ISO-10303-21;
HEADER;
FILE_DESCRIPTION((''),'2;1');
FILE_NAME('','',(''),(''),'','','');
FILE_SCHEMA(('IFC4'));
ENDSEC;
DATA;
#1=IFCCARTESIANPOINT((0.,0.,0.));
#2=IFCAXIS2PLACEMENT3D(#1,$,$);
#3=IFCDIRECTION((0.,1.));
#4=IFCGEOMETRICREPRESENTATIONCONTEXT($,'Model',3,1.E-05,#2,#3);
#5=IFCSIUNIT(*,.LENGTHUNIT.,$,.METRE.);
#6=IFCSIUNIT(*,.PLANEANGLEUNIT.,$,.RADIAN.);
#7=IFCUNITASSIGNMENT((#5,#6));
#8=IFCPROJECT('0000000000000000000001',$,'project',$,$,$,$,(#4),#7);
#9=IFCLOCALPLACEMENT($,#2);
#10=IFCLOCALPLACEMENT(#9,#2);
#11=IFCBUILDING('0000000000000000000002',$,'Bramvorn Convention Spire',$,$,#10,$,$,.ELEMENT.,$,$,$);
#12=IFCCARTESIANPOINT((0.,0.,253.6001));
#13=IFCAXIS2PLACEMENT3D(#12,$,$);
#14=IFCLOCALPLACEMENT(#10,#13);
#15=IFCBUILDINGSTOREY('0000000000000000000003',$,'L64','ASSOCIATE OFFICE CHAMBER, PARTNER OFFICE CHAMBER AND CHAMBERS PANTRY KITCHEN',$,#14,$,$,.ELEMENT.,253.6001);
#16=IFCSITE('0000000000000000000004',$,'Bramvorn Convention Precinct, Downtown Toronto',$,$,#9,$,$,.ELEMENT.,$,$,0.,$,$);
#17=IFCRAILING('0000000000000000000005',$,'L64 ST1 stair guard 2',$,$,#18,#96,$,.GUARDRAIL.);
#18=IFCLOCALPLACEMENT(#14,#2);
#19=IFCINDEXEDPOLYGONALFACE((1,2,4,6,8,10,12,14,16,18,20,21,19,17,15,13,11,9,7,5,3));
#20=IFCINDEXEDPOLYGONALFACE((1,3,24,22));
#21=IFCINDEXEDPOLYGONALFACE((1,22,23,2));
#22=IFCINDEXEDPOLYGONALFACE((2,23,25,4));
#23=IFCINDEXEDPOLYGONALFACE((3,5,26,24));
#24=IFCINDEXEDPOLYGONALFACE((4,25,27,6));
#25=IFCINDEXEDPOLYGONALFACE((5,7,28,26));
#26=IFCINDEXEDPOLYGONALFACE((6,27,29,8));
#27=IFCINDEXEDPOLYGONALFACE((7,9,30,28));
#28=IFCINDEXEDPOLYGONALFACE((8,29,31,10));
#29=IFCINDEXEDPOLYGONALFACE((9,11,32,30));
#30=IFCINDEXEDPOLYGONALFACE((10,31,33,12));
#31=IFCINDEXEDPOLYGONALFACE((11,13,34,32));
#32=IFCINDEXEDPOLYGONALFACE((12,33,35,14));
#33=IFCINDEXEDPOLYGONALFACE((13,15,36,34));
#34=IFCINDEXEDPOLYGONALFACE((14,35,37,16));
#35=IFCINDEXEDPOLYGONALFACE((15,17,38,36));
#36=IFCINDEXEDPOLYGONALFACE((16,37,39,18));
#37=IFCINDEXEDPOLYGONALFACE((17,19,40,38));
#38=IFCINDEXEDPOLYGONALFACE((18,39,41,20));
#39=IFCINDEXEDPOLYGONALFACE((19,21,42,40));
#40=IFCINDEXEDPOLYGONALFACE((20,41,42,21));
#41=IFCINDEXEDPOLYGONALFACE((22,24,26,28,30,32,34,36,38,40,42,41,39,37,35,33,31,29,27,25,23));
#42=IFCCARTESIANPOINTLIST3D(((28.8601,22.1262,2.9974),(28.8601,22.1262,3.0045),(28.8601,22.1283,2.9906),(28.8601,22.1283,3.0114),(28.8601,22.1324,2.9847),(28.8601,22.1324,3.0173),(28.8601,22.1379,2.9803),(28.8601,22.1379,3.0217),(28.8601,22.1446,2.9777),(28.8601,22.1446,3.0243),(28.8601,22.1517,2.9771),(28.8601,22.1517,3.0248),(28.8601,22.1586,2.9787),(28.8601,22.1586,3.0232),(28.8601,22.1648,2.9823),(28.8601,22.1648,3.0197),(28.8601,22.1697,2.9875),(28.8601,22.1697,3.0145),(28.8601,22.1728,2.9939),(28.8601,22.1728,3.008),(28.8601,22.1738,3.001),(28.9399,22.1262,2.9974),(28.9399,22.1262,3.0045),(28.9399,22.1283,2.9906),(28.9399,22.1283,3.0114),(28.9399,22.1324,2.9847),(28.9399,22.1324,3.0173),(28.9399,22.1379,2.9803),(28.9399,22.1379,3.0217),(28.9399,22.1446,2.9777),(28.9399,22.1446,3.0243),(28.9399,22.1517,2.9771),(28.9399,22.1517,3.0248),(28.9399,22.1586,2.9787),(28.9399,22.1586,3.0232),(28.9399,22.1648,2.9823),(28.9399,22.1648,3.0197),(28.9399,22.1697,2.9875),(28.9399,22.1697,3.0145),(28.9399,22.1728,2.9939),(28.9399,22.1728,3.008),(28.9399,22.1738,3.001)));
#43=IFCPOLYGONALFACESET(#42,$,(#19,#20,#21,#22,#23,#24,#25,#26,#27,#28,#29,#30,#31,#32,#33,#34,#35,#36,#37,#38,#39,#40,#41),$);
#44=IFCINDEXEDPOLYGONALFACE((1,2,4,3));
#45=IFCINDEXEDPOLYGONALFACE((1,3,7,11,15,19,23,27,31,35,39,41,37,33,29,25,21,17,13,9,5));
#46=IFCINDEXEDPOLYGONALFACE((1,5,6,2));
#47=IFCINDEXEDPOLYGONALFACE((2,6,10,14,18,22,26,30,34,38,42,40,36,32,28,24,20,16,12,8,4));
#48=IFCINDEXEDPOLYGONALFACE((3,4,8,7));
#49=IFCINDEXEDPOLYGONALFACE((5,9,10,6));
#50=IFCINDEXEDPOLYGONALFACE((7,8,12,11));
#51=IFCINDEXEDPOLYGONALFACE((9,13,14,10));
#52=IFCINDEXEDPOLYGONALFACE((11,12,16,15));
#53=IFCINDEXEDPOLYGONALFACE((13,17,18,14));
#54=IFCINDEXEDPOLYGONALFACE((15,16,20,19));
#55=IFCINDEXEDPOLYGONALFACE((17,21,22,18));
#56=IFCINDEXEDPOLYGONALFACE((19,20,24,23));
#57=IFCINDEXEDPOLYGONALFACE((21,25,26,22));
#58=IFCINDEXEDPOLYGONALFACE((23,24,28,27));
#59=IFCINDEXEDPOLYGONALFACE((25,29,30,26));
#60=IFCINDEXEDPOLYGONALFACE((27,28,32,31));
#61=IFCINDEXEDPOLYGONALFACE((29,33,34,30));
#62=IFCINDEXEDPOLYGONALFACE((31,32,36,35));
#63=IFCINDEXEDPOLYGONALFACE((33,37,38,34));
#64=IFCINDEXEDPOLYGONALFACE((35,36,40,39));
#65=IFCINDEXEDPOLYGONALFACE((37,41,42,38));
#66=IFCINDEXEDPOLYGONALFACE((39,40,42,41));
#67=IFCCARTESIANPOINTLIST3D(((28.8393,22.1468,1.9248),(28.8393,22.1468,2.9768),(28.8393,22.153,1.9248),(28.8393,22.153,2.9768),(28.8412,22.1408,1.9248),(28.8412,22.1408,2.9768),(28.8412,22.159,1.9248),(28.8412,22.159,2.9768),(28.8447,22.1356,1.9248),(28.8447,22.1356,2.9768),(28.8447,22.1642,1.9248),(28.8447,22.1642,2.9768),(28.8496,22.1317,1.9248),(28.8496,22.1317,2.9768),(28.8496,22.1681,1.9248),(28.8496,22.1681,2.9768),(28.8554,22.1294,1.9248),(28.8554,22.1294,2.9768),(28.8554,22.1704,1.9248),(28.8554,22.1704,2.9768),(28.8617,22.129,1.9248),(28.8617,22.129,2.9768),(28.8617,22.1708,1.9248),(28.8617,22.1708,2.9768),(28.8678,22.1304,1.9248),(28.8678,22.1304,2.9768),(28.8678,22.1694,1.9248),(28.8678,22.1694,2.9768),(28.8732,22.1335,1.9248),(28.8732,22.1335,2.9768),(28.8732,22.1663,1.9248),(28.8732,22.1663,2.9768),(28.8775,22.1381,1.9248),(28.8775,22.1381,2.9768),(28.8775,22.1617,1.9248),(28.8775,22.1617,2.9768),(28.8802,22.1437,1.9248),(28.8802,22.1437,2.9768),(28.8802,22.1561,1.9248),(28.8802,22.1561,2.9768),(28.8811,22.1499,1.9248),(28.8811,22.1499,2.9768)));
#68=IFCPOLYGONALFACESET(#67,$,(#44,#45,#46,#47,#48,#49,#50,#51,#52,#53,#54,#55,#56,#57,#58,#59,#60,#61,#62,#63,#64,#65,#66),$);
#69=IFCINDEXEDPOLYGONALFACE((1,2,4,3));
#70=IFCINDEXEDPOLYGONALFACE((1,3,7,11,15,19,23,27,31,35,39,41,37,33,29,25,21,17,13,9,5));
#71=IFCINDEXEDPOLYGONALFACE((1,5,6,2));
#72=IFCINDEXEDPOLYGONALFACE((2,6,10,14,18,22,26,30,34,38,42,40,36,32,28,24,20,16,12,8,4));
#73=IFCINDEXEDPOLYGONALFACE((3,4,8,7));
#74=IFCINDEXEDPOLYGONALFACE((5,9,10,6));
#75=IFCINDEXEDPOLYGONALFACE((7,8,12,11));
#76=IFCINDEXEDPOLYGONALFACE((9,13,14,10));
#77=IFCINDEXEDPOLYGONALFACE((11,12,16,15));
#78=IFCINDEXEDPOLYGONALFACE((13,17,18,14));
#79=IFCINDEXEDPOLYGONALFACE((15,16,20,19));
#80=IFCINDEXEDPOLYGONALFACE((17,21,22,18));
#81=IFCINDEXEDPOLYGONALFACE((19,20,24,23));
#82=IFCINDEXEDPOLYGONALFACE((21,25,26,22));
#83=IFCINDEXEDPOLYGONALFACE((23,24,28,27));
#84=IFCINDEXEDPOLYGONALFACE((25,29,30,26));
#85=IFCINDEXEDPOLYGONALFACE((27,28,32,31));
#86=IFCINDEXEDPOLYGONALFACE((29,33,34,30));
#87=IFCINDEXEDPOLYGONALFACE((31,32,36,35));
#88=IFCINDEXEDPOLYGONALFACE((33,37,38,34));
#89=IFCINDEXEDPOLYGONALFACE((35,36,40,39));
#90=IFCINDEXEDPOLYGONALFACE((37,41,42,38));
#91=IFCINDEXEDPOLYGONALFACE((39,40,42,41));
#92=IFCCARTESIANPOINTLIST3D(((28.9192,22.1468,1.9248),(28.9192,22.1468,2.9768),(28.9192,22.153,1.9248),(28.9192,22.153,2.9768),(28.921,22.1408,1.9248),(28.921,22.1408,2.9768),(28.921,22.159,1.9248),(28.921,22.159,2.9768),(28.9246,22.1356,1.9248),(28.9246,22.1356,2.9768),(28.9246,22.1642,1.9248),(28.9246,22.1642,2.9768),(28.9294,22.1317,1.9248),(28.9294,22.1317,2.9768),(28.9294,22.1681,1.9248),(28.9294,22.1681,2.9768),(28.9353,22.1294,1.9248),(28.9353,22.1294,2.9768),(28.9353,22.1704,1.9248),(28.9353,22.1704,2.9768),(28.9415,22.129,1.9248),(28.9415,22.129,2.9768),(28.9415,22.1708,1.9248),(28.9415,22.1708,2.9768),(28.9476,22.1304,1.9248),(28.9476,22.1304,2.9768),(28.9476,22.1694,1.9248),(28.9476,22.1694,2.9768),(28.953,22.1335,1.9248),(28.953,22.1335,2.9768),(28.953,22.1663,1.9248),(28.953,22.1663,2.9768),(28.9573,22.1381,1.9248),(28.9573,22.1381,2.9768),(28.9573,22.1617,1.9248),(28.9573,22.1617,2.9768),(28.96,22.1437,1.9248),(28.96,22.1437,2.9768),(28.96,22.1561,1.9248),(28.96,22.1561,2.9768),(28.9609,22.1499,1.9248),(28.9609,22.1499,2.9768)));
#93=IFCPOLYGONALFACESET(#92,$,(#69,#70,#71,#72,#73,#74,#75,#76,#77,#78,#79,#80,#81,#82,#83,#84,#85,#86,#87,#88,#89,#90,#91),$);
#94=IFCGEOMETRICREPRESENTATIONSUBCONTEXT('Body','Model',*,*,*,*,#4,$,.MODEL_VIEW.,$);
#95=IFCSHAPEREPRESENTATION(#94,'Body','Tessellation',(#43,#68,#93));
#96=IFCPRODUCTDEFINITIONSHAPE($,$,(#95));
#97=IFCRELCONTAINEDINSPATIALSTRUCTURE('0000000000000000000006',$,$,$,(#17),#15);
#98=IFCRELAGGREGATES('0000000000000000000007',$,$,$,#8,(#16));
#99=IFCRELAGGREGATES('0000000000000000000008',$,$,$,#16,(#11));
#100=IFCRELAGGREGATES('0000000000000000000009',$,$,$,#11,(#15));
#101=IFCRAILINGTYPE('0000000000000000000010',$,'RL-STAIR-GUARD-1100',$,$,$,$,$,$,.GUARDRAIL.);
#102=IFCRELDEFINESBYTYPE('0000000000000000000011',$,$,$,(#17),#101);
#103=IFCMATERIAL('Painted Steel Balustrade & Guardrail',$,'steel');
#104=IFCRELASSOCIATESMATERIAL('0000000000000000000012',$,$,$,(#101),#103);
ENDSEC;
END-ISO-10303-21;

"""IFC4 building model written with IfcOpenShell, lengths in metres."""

from ifc_helpers import new_model, si_unit, direction, frame, origin, origin_2d, place, context, subcontext, project, spatial, circle, extrude, material, type_object, element, save


model = new_model("IFC4")

# Units and contexts
model_context = context("Model", 3, precision=1e-05, world=origin(), true_north=direction((0.0, 1.0)))
body_context = subcontext(model_context, "Body", "Model", "MODEL_VIEW")
ifc_project = project(units=[si_unit("LENGTHUNIT", "METRE"), si_unit("PLANEANGLEUNIT", "RADIAN")], contexts=[model_context])

# Site, building, storey
site_placement = place(None, origin())
site = spatial("IfcSite", under=ifc_project, at=site_placement, Name="Bramvorn Convention Precinct, Downtown Toronto", CompositionType="ELEMENT", RefElevation=0.0)
building_placement = place(site_placement, origin())
building = spatial("IfcBuilding", under=site, at=building_placement, Name="Bramvorn Convention Spire", CompositionType="ELEMENT")
storey_placement = place(building_placement, frame((0.0, 0.0, 253.6001)))
storey = spatial("IfcBuildingStorey", under=building, at=storey_placement, Name="L64", Description="ASSOCIATE OFFICE CHAMBER, PARTNER OFFICE CHAMBER AND CHAMBERS PANTRY KITCHEN", CompositionType="ELEMENT", Elevation=253.6001)

# Railing
ifc_material_1 = material(Name="Painted Steel Balustrade & Guardrail", Category="steel")
railing_type_1 = type_object("IfcRailingType", Name="RL-STAIR-GUARD-1100", PredefinedType="GUARDRAIL", material=ifc_material_1)
railing_1_placement = place(storey_placement, frame((28.8601, 22.1499, 1.9248)))
element("IfcRailing", 1, at=railing_1_placement, inside=storey, type_object=railing_type_1, Name="L64 ST1 stair guard 2", PredefinedType="GUARDRAIL", context=body_context, shape_type="SweptSolid", body=[
    extrude(circle(Radius=0.0239, at=origin_2d()), frame((0.0, 0.0, 1.0762), z_axis=(1.0, 0.0, 0.0), x_axis=(0.0, 1.0, 0.0)), (0.0, 0.0, 1.0), 0.0798),
    extrude(circle(Radius=0.021, at=origin_2d()), origin(), (0.0, 0.0, 1.0), 1.052),
    extrude(circle(Radius=0.021, at=origin_2d()), frame((0.0798, 0.0, 0.0)), (0.0, 0.0, 1.0), 1.052),
])

save(model, "model.ifc")
